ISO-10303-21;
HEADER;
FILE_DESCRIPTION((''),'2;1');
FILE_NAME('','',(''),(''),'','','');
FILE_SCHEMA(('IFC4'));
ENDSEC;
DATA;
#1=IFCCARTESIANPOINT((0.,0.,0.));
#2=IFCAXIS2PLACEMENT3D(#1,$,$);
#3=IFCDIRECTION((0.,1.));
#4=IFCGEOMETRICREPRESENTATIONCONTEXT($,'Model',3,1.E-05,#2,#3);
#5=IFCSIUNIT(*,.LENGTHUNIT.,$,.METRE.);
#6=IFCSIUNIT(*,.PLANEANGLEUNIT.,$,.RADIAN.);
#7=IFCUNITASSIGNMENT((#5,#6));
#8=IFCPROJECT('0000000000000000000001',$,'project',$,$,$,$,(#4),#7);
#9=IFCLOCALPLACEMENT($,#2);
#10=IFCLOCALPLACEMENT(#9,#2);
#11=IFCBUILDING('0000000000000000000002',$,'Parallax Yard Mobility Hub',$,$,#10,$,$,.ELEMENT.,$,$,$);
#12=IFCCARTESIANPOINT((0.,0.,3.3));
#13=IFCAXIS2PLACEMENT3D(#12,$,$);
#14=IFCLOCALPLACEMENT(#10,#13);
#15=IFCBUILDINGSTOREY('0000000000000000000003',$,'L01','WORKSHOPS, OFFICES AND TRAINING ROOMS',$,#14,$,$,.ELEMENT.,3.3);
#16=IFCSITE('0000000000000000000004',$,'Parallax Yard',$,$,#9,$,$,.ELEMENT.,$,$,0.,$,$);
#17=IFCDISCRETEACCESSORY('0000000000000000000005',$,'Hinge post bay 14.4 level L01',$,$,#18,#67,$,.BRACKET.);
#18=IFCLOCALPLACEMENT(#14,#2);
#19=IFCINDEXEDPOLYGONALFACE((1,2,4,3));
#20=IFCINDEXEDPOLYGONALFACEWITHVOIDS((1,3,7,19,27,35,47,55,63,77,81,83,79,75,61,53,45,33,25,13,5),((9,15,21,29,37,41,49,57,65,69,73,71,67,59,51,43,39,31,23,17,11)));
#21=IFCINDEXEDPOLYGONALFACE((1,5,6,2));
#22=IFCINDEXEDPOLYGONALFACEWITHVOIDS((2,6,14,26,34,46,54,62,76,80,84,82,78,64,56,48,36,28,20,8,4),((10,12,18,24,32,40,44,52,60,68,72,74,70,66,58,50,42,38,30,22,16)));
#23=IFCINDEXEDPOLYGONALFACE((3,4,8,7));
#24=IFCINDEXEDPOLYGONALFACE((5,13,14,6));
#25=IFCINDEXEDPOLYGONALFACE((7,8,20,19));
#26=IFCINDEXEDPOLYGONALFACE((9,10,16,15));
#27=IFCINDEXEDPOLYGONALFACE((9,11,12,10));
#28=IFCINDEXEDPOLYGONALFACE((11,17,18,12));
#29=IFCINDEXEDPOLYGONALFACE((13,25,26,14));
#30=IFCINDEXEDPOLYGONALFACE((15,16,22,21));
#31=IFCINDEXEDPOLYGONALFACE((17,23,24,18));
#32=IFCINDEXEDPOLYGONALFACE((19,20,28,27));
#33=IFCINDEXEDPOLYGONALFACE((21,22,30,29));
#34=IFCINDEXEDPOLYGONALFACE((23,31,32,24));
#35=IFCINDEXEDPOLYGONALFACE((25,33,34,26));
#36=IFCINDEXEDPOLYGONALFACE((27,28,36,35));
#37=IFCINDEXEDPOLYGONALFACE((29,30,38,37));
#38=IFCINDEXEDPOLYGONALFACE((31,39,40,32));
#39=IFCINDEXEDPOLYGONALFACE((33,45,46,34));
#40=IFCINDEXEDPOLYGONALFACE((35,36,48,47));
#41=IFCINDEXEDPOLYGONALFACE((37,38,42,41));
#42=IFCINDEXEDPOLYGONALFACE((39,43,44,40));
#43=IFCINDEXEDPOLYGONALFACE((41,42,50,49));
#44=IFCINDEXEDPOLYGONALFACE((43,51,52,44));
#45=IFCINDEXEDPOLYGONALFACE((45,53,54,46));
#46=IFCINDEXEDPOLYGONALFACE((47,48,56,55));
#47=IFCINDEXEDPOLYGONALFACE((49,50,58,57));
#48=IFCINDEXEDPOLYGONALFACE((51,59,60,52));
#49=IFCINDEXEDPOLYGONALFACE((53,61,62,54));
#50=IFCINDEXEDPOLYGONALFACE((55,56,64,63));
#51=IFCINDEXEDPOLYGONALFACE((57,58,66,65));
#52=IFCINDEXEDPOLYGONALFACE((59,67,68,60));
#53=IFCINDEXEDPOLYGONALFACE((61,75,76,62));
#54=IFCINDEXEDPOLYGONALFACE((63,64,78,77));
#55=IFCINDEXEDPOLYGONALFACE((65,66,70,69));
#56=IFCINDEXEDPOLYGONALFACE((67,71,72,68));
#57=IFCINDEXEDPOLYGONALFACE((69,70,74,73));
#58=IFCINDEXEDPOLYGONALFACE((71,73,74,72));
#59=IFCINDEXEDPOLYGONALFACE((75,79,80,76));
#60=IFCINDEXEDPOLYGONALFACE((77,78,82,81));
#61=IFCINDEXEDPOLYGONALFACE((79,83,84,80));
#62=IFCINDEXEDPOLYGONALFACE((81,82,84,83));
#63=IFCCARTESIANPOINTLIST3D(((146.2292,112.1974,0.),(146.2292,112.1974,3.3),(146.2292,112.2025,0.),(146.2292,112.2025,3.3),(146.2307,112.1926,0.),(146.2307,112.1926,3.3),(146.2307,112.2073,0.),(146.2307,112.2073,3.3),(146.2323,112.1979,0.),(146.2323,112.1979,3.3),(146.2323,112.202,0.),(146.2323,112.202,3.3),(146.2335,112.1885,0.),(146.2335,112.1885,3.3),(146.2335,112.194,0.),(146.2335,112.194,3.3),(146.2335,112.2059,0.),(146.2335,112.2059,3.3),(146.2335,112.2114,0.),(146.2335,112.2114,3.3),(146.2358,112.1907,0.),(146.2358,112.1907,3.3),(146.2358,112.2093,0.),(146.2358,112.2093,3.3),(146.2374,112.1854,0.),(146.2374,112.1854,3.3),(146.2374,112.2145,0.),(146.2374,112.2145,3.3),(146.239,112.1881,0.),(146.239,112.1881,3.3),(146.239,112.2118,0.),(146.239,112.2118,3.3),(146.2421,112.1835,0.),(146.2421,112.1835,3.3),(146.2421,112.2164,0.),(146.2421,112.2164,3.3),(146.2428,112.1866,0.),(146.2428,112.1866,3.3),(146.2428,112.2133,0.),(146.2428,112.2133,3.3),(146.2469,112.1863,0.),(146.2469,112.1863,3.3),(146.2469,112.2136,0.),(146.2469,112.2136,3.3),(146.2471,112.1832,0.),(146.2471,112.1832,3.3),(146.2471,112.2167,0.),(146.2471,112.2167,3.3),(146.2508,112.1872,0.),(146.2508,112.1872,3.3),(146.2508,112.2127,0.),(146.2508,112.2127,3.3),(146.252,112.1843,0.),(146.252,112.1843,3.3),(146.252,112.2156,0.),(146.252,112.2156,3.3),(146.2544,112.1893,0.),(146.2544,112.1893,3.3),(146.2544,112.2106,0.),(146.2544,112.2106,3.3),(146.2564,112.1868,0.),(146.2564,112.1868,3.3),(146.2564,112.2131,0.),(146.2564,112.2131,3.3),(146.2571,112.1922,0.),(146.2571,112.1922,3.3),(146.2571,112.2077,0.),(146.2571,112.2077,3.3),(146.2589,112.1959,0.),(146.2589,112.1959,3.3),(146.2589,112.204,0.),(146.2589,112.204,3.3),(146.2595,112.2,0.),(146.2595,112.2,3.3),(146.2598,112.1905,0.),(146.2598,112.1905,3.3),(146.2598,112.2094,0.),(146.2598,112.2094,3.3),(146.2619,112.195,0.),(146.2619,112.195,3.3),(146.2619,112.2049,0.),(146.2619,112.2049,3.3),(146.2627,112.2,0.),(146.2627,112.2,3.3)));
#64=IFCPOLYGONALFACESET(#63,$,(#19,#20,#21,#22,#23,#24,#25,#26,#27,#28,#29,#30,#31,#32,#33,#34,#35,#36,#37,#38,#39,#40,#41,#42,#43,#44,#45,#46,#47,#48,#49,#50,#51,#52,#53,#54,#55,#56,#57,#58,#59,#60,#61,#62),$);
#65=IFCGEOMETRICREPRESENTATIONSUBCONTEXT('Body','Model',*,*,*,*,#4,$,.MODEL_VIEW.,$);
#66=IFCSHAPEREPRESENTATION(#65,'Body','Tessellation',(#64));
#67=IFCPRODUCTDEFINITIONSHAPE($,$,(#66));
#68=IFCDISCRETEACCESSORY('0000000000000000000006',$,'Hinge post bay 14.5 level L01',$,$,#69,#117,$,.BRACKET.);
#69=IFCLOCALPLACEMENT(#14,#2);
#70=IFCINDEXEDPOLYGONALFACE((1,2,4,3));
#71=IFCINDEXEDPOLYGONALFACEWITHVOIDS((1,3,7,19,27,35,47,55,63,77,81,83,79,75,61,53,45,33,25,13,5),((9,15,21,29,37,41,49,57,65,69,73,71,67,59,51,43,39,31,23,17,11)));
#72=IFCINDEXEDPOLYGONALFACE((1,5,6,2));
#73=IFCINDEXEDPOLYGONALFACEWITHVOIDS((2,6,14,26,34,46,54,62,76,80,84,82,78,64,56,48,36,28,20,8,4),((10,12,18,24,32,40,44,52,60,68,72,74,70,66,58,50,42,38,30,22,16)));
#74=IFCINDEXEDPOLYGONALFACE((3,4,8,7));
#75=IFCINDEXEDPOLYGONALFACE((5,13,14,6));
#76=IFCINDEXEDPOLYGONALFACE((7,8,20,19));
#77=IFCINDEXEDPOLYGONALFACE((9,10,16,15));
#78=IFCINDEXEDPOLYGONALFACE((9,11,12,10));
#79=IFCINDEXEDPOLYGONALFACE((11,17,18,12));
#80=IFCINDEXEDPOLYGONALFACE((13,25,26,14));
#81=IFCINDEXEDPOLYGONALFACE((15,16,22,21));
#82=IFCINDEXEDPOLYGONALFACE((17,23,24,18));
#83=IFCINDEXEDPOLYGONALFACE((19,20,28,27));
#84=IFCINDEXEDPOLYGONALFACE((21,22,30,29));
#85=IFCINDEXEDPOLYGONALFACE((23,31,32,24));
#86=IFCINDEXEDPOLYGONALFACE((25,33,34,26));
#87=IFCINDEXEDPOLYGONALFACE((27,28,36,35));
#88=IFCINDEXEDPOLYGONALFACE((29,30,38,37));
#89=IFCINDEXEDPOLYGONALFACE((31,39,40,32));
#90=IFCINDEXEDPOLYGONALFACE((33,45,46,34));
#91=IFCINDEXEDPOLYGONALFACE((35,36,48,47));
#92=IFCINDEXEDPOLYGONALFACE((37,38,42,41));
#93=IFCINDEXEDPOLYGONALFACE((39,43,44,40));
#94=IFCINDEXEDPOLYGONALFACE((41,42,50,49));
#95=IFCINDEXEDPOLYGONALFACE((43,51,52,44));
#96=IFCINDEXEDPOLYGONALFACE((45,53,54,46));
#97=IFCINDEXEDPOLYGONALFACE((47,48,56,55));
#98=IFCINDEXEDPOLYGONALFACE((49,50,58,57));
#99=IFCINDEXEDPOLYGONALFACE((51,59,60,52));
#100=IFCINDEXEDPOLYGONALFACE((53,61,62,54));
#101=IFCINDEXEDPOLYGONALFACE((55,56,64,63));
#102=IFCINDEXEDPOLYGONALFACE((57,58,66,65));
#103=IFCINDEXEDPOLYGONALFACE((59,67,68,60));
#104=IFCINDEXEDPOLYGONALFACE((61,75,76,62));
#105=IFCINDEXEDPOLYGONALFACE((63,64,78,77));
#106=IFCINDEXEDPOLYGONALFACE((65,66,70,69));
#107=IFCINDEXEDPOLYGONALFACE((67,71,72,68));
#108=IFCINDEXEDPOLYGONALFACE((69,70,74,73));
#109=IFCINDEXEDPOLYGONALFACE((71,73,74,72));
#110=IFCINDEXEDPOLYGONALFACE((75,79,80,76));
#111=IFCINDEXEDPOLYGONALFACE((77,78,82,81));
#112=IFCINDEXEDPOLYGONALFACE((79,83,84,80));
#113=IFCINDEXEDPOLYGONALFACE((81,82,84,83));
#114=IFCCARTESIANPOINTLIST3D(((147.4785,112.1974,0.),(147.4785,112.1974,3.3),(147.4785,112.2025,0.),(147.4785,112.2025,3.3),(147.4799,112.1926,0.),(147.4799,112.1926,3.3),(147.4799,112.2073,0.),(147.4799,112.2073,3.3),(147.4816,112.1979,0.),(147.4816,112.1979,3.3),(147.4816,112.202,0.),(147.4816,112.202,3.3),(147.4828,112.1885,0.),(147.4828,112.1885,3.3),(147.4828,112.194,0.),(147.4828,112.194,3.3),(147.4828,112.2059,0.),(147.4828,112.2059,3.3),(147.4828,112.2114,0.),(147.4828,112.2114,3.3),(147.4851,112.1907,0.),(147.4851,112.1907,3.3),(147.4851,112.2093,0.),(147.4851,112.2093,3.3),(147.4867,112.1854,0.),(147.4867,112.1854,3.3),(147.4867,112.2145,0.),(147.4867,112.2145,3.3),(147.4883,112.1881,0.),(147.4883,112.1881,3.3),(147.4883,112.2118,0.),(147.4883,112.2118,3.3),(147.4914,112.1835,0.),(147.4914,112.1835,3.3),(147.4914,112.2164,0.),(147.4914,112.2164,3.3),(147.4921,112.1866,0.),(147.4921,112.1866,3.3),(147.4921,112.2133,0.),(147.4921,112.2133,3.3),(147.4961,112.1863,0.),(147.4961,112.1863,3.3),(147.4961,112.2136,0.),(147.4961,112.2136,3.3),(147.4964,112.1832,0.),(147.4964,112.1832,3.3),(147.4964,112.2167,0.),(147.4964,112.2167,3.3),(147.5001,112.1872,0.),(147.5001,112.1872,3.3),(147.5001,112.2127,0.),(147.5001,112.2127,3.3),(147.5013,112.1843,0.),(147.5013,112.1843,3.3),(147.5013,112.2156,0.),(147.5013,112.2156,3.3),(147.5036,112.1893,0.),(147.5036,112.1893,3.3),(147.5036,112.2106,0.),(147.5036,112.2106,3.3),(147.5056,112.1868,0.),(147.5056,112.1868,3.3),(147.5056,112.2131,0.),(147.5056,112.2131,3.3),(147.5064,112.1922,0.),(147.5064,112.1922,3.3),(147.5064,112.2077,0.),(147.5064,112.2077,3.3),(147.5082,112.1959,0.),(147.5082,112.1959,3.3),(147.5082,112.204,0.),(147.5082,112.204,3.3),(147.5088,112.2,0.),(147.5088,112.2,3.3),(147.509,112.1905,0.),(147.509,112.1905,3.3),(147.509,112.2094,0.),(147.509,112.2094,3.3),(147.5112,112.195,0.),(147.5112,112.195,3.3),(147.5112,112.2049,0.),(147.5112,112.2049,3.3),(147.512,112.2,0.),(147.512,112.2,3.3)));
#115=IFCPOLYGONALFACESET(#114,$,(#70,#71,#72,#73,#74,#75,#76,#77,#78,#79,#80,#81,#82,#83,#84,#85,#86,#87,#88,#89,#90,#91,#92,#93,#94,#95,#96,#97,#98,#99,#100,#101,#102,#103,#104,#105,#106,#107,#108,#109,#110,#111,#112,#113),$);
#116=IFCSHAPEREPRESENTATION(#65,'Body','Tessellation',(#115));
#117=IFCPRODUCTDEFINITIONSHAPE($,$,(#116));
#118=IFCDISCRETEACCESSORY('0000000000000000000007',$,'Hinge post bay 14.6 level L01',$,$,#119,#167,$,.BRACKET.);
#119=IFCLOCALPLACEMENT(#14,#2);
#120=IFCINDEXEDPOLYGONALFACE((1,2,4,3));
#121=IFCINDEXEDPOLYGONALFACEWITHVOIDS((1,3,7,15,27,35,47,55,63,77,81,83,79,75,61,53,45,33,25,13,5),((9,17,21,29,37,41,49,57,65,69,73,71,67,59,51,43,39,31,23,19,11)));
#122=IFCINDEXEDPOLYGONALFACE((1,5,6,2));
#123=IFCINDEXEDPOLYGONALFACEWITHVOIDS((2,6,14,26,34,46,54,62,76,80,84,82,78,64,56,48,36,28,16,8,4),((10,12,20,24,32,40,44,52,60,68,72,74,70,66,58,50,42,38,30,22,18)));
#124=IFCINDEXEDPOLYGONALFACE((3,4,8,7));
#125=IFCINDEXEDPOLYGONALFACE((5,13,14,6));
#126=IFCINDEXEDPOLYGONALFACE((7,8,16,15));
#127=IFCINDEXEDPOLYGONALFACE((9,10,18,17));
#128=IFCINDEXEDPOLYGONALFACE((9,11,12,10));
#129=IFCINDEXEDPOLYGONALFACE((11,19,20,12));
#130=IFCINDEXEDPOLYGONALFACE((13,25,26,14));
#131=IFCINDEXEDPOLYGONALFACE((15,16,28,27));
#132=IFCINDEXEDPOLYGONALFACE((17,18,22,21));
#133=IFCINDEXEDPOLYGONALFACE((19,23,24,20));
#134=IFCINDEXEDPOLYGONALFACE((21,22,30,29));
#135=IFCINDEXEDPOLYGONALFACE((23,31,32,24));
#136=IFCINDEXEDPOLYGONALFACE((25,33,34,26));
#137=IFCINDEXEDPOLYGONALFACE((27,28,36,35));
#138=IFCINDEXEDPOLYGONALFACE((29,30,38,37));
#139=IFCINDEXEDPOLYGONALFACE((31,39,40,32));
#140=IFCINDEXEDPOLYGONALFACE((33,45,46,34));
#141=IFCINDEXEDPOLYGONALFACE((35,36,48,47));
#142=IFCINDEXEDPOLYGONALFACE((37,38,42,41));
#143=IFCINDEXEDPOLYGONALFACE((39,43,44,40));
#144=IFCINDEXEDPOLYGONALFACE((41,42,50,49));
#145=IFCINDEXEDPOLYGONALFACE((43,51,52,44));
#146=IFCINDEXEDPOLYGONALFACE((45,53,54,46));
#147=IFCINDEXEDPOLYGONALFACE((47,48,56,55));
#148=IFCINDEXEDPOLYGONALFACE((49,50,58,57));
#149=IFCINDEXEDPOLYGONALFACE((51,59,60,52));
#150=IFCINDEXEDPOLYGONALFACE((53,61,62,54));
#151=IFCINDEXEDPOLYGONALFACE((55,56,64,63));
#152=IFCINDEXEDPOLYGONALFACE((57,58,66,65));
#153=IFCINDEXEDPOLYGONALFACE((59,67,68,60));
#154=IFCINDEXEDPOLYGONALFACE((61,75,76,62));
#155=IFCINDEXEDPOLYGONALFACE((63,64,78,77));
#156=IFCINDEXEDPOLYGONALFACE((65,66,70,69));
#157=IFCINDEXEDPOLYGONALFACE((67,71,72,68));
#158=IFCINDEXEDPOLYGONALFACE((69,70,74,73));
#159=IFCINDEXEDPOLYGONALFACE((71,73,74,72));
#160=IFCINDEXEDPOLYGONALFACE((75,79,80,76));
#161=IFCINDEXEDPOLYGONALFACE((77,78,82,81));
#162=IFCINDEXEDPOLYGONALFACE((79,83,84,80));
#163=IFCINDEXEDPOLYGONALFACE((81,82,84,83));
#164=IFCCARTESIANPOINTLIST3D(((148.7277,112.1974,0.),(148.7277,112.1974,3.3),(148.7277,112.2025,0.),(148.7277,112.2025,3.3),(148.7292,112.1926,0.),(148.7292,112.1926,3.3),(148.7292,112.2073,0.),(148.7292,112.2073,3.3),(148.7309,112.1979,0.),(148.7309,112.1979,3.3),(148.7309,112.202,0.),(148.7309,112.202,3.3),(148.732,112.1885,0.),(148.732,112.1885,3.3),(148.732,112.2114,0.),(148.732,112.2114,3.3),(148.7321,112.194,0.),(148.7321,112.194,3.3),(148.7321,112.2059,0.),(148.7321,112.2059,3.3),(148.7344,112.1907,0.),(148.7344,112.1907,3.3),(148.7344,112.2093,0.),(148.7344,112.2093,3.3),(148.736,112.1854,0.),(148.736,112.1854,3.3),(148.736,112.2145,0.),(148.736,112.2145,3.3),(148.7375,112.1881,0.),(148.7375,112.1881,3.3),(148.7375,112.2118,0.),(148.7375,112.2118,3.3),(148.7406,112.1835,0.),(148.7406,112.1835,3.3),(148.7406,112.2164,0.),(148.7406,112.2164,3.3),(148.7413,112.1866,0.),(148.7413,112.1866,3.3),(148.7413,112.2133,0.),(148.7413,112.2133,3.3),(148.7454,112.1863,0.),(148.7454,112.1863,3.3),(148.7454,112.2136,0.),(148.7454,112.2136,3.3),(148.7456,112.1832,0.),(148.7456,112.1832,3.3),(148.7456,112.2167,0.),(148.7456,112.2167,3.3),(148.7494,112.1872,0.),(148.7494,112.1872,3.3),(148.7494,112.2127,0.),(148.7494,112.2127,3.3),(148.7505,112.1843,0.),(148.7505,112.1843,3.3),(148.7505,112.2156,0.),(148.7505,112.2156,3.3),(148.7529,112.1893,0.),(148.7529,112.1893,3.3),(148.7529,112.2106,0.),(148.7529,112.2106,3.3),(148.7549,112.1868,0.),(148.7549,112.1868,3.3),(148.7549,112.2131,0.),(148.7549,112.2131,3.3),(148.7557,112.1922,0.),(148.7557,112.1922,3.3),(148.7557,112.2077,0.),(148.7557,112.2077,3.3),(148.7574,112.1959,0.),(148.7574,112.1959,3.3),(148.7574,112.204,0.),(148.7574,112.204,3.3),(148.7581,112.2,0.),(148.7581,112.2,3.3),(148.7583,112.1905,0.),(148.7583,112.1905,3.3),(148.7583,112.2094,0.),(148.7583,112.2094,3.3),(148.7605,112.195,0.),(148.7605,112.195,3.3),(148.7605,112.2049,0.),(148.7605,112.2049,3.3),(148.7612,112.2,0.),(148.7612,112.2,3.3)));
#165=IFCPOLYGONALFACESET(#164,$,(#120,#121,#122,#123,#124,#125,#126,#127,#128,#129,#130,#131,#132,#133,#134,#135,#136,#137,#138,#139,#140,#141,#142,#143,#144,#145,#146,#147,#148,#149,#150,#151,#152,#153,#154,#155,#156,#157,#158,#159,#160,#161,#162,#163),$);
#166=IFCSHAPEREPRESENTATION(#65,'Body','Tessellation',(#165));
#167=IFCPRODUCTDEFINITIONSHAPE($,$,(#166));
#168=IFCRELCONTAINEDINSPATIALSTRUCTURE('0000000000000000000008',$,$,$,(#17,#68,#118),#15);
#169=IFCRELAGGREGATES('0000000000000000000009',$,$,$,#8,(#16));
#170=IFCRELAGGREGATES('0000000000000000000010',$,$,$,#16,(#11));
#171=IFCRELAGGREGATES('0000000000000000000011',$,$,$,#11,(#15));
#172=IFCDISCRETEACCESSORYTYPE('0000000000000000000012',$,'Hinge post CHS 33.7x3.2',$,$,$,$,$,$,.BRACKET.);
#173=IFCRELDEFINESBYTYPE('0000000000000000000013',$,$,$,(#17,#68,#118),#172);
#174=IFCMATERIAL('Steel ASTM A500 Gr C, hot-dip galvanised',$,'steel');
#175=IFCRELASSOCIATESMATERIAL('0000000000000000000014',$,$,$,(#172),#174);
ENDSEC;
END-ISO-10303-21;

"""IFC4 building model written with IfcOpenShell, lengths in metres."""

from ifc_helpers import new_model, si_unit, direction, frame, origin, origin_2d, place, context, subcontext, project, spatial, hollow_circle, extrude, material, material_profile, profile_set, type_object, element, save


model = new_model("IFC4")

# Units and contexts
model_context = context("Model", 3, precision=1e-05, world=origin(), true_north=direction((0.0, 1.0)))
body_context = subcontext(model_context, "Body", "Model", "MODEL_VIEW")
ifc_project = project(units=[si_unit("LENGTHUNIT", "METRE"), si_unit("PLANEANGLEUNIT", "RADIAN")], contexts=[model_context])

# Site, building, storey
site_placement = place(None, origin())
site = spatial("IfcSite", under=ifc_project, at=site_placement, Name="Parallax Yard", CompositionType="ELEMENT", RefElevation=0.0)
building_placement = place(site_placement, origin())
building = spatial("IfcBuilding", under=site, at=building_placement, Name="Parallax Yard Mobility Hub", CompositionType="ELEMENT")
storey_placement = place(building_placement, frame((0.0, 0.0, 3.3)))
storey = spatial("IfcBuildingStorey", under=building, at=storey_placement, Name="L01", Description="WORKSHOPS, OFFICES AND TRAINING ROOMS", CompositionType="ELEMENT", Elevation=3.3)

# Discrete accessories
ifc_material_1 = material(Name="Steel ASTM A500 Gr C, hot-dip galvanised", Category="steel")
ifc_material_profile_1 = material_profile(ifc_material_1, hollow_circle(Radius=0.0168, WallThickness=0.0032, at=origin_2d()), Name="CHS 33.7x3.2")
ifc_profile_set_1 = profile_set([ifc_material_profile_1], Name="Steel ASTM A500 Gr C, hot-dip galvanised")
discrete_accessory_type_1 = type_object("IfcDiscreteAccessoryType", Name="Hinge post CHS 33.7x3.2", PredefinedType="BRACKET", material=ifc_profile_set_1)
for number, where, z_axis, x_axis, name in (
    (1, (146.2458, 112.2, 0.0), (0.0, 0.0, 1.0), (1.0, 0.0, 0.0), "Hinge post bay 14.4 level L01"),
    (2, (147.4951, 112.2, 0.0), (0.0, 0.0, 1.0), (1.0, 0.0, 0.0), "Hinge post bay 14.5 level L01"),
    (3, (148.7444, 112.2, 0.0), (0.0, 0.0, 1.0), (1.0, 0.0, 0.0), "Hinge post bay 14.6 level L01"),
):
    element("IfcDiscreteAccessory", number, at=place(storey_placement, frame(where, z_axis=z_axis, x_axis=x_axis)), inside=storey, type_object=discrete_accessory_type_1, Name=name, PredefinedType="BRACKET", context=body_context, shape_type="SweptSolid", body=[
        extrude(hollow_circle(Radius=0.0168, WallThickness=0.0032, at=origin_2d()), origin(), (0.0, 0.0, 1.0), 3.3),
    ])

save(model, "model.ifc")
